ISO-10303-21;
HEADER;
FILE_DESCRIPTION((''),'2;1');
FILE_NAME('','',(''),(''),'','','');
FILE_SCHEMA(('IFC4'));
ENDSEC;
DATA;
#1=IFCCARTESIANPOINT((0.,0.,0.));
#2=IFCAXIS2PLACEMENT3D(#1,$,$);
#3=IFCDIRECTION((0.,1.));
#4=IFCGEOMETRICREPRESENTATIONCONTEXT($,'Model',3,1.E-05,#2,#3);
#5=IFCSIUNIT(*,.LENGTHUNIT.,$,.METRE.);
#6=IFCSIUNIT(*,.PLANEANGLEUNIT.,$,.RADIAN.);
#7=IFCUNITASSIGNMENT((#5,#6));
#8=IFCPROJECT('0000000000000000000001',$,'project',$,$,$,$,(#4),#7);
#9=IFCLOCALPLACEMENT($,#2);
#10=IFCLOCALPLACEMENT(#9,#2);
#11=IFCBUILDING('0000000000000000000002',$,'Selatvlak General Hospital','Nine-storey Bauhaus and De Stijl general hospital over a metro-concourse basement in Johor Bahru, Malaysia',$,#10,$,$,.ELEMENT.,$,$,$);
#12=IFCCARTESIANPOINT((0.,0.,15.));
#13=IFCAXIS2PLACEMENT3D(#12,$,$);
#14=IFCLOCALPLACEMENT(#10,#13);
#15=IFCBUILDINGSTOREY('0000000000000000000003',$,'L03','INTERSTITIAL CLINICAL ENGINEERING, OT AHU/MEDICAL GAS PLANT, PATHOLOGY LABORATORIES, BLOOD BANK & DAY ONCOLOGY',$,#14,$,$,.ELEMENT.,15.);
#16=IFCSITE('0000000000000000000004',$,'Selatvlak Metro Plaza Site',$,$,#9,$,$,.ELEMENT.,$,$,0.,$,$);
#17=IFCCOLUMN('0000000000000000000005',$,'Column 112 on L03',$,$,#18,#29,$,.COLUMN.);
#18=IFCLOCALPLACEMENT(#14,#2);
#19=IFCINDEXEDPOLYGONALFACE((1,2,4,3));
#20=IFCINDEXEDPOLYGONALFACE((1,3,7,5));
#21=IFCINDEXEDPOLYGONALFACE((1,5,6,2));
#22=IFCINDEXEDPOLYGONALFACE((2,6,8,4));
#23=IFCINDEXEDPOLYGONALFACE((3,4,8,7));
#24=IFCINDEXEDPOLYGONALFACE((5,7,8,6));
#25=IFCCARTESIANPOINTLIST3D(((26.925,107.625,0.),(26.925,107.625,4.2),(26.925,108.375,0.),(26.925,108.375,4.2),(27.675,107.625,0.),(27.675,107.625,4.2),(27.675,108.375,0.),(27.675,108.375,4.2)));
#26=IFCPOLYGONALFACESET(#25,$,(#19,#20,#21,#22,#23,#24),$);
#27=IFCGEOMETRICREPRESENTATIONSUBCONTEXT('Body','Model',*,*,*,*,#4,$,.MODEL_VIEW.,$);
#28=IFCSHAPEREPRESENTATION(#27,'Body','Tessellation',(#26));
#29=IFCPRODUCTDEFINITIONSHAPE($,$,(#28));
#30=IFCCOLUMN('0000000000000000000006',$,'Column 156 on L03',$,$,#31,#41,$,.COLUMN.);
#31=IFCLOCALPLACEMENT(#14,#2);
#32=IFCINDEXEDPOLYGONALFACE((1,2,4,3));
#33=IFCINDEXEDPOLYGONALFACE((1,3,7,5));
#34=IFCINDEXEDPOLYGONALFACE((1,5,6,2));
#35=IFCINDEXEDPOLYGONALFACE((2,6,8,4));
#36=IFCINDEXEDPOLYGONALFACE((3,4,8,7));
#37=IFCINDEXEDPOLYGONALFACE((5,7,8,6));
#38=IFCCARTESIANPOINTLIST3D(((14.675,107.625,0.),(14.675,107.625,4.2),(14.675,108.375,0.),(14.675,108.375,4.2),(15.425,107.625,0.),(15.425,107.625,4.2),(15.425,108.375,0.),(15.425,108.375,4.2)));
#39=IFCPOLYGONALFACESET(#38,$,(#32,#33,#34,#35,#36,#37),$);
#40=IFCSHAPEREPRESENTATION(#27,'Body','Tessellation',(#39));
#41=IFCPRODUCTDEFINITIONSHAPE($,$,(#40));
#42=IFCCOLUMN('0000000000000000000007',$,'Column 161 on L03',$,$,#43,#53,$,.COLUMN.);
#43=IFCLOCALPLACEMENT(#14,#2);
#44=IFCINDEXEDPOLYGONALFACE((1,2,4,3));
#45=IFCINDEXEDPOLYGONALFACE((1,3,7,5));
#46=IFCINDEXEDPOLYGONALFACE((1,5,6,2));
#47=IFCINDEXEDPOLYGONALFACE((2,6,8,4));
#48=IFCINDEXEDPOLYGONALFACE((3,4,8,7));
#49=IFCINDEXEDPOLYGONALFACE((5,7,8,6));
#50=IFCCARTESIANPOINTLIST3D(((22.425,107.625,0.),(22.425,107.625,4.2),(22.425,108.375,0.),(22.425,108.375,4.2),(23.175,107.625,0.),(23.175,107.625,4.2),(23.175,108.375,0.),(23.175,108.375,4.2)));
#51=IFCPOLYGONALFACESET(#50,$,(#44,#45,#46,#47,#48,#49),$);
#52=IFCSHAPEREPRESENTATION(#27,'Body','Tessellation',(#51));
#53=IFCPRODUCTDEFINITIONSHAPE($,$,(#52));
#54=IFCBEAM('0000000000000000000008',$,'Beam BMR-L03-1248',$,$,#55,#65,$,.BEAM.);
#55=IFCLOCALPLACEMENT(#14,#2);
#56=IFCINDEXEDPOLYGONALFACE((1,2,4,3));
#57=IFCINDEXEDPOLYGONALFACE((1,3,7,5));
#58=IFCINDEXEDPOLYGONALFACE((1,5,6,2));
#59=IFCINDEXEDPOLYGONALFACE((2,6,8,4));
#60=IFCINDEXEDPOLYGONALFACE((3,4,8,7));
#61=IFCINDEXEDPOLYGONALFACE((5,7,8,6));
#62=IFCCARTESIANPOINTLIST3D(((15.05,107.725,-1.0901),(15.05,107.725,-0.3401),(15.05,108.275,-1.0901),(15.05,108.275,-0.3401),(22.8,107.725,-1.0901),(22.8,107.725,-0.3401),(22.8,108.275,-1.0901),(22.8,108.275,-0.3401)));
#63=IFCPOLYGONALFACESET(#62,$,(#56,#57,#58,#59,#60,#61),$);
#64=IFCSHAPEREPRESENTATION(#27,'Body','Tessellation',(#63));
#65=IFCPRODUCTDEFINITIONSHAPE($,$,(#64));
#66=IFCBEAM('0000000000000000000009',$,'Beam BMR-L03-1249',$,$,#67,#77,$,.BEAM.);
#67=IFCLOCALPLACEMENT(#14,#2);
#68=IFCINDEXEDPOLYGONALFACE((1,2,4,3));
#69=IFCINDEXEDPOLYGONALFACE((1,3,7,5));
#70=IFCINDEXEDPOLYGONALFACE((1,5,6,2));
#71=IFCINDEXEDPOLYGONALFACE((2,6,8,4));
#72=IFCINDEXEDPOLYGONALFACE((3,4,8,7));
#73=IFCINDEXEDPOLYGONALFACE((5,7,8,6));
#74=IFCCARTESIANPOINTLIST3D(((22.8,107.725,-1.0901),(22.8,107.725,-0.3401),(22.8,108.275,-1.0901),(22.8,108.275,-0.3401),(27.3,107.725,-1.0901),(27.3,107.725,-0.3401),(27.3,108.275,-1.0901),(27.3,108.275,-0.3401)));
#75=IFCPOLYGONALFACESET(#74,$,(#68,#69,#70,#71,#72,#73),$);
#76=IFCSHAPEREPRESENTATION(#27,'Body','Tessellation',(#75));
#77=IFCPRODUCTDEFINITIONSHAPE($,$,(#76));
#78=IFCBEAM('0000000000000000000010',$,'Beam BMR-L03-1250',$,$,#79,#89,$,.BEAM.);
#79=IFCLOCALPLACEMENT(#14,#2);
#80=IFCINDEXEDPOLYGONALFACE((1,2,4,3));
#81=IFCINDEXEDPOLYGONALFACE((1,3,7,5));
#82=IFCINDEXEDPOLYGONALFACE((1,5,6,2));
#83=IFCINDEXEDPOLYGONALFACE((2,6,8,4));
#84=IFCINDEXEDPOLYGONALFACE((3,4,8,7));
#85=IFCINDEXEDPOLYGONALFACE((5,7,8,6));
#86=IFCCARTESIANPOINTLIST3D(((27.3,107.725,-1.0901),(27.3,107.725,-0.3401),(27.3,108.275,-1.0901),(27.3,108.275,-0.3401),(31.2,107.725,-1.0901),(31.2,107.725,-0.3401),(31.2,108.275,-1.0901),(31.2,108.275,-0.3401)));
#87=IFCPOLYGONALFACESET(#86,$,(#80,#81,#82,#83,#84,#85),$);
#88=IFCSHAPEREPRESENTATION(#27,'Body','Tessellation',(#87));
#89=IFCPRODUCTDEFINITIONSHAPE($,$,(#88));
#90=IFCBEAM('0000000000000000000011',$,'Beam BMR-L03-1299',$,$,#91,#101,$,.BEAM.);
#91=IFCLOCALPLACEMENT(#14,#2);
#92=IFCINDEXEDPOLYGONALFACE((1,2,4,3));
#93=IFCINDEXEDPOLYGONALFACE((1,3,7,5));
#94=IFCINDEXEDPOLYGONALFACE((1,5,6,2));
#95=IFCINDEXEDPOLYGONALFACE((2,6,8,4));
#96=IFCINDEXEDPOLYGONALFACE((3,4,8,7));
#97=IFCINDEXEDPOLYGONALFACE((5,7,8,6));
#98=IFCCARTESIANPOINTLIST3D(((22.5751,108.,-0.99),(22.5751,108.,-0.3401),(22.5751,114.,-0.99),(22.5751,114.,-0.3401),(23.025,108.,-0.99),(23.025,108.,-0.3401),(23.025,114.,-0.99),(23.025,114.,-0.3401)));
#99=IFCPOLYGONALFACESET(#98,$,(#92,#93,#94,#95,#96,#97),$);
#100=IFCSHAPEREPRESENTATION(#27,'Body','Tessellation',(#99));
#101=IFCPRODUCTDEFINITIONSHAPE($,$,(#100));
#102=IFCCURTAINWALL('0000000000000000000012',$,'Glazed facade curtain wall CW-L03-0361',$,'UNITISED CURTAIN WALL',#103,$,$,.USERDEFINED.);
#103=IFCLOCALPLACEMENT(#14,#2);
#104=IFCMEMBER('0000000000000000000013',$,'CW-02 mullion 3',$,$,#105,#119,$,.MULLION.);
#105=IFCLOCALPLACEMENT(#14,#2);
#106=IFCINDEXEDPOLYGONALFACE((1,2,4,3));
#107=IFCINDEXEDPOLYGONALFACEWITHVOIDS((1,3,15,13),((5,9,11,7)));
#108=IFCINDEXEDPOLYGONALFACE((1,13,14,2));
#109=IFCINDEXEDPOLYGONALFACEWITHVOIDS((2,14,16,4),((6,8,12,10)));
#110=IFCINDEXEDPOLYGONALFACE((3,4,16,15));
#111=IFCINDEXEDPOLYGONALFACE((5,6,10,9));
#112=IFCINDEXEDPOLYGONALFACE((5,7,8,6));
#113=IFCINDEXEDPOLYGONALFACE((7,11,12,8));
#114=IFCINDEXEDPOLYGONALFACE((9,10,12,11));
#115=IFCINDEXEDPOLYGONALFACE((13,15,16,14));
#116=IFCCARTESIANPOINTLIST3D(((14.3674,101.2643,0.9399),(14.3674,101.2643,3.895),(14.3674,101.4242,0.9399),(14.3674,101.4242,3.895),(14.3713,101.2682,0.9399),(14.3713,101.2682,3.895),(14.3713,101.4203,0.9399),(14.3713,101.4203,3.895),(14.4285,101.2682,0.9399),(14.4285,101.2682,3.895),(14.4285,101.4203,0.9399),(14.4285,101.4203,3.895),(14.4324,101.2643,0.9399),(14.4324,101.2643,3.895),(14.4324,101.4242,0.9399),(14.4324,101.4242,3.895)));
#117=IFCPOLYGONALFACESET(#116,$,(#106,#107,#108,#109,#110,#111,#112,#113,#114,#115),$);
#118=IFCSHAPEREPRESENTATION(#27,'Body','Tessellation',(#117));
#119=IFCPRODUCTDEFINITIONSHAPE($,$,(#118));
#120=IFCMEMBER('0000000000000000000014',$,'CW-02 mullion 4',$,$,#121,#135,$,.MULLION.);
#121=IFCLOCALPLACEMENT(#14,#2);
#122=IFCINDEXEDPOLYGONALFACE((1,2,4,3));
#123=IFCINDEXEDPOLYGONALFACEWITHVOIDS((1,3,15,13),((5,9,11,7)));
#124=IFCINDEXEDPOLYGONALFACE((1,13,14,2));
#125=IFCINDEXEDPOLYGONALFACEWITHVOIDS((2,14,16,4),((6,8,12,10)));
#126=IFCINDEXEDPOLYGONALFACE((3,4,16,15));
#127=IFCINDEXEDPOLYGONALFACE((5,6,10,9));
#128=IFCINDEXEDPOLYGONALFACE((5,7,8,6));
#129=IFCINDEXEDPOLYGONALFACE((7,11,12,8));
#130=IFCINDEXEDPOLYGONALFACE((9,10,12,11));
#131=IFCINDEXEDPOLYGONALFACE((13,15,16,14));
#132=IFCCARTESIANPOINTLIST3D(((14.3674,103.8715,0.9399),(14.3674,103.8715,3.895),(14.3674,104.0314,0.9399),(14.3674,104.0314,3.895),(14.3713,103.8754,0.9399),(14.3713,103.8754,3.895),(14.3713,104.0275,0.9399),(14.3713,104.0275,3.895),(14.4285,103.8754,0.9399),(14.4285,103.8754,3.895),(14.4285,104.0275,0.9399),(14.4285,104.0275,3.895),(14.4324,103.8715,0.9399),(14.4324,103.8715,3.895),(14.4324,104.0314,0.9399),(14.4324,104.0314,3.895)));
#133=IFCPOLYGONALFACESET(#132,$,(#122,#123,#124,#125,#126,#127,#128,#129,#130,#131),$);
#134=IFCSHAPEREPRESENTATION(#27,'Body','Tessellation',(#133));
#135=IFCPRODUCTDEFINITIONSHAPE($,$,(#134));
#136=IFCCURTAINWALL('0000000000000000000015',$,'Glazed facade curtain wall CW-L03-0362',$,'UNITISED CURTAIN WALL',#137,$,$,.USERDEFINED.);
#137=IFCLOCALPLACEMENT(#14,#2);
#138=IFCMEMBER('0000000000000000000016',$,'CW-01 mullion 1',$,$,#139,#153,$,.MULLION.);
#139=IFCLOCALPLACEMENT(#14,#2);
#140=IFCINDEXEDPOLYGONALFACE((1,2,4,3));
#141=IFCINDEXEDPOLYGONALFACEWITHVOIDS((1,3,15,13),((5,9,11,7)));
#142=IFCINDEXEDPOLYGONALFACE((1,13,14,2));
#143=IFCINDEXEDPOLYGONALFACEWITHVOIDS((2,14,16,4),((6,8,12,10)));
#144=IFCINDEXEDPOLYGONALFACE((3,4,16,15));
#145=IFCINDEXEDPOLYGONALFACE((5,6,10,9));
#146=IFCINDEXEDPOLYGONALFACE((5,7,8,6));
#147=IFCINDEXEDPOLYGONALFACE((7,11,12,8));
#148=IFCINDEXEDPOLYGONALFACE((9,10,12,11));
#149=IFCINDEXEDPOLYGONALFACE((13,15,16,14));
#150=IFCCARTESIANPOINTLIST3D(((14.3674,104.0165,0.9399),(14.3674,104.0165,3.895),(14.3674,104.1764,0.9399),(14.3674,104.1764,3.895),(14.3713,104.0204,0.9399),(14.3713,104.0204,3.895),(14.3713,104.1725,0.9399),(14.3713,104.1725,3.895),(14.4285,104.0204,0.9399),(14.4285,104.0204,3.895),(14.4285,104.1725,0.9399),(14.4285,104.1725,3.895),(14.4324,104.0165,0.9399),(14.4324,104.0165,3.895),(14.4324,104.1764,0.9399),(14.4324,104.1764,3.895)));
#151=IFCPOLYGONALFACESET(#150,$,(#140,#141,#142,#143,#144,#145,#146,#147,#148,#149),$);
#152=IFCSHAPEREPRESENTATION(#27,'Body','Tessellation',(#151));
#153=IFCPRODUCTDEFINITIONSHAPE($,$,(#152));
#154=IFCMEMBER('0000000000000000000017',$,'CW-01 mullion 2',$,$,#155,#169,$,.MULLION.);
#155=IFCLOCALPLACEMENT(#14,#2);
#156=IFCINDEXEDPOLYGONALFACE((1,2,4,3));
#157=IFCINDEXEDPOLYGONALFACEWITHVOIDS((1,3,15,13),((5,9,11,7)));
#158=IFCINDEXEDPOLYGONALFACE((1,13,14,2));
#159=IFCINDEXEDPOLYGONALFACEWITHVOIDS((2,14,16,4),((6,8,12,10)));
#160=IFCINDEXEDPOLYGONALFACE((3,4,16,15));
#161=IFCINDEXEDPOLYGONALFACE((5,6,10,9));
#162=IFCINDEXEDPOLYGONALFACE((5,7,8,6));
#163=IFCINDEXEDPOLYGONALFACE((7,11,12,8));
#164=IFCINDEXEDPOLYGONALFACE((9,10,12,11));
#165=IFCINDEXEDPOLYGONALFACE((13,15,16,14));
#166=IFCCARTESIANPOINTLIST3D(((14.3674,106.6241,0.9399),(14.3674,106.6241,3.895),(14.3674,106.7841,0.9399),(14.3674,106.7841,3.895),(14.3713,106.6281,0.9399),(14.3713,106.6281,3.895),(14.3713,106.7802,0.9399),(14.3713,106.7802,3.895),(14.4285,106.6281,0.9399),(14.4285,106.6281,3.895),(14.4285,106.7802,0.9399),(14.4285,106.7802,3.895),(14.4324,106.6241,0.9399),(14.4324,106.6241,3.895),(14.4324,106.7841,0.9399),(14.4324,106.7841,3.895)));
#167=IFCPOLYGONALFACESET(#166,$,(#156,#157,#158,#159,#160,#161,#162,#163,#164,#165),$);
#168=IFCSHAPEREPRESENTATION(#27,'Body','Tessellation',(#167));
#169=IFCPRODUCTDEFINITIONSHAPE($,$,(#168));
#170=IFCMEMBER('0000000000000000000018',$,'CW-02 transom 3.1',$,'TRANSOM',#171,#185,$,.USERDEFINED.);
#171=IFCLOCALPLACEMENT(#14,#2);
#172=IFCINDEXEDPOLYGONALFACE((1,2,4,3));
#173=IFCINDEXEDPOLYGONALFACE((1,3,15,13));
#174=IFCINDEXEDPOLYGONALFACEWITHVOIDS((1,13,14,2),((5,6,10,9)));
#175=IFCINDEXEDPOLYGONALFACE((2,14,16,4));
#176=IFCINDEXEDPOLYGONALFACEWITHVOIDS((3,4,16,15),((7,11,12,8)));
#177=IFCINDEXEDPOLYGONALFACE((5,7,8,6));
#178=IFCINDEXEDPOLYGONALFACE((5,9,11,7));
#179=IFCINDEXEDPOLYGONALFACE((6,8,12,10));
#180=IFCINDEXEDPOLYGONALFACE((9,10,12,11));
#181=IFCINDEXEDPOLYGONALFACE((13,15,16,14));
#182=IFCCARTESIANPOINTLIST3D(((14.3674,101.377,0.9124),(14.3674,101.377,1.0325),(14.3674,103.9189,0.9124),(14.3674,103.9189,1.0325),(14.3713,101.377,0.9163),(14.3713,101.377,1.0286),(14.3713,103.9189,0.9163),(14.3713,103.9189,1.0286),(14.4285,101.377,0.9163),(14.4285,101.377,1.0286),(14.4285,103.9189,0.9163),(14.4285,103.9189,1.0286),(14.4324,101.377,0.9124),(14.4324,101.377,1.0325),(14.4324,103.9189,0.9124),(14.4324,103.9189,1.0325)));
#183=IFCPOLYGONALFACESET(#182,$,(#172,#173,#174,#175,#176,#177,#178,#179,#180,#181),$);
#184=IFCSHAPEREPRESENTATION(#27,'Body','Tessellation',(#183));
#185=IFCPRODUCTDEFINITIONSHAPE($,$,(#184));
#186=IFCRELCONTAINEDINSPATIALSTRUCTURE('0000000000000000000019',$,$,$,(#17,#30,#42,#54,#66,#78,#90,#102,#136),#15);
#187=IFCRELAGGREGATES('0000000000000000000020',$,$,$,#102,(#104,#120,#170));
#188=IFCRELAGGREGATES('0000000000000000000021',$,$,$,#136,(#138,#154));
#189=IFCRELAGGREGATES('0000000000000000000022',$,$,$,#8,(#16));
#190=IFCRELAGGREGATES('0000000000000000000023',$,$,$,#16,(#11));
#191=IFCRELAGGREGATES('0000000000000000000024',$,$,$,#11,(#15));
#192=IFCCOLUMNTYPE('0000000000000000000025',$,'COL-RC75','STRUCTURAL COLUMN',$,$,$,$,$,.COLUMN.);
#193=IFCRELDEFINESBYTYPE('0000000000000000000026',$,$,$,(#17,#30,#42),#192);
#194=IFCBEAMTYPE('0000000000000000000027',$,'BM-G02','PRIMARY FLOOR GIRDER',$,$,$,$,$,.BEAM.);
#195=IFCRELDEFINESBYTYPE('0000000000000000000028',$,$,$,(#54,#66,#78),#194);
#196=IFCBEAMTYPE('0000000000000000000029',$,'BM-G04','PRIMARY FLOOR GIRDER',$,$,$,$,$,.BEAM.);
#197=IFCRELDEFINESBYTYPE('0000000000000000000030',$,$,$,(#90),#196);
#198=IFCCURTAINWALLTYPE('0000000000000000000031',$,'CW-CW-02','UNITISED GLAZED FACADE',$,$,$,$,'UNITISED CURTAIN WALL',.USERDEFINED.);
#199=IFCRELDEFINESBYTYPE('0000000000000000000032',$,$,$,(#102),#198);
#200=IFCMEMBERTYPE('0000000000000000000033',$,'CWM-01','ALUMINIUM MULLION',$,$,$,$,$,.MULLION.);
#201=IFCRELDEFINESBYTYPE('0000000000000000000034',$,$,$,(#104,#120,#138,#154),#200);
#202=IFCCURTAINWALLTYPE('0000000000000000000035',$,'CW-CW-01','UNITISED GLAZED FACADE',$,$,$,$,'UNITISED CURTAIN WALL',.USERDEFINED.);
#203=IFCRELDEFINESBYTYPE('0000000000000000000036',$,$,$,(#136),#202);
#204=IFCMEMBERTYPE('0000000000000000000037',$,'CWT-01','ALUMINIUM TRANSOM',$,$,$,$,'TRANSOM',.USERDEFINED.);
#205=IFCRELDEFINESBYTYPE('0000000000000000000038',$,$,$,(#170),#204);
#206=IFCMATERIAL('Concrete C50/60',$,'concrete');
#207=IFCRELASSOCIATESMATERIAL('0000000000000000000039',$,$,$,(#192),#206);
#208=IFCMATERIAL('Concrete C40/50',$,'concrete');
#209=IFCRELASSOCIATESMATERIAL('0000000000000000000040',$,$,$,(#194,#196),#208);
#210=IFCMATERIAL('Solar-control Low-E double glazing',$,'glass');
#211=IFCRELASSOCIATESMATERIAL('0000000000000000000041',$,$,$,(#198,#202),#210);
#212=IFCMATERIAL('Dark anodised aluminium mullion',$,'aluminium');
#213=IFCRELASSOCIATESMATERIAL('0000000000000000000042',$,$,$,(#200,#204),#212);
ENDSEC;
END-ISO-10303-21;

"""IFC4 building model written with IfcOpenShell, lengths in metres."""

from ifc_helpers import new_model, si_unit, direction, frame, origin, origin_2d, place, context, subcontext, project, spatial, rectangle, hollow_rectangle, extrude, material, material_profile, profile_set, type_object, element, aggregate, save


model = new_model("IFC4")

# Units and contexts
model_context = context("Model", 3, precision=1e-05, world=origin(), true_north=direction((0.0, 1.0)))
body_context = subcontext(model_context, "Body", "Model", "MODEL_VIEW")
ifc_project = project(units=[si_unit("LENGTHUNIT", "METRE"), si_unit("PLANEANGLEUNIT", "RADIAN")], contexts=[model_context])

# Site, building, storey
site_placement = place(None, origin())
site = spatial("IfcSite", under=ifc_project, at=site_placement, Name="Selatvlak Metro Plaza Site", CompositionType="ELEMENT", RefElevation=0.0)
building_placement = place(site_placement, origin())
building = spatial("IfcBuilding", under=site, at=building_placement, Name="Selatvlak General Hospital", Description="Nine-storey Bauhaus and De Stijl general hospital over a metro-concourse basement in Johor Bahru, Malaysia", CompositionType="ELEMENT")
storey_placement = place(building_placement, frame((0.0, 0.0, 15.0)))
storey = spatial("IfcBuildingStorey", under=building, at=storey_placement, Name="L03", Description="INTERSTITIAL CLINICAL ENGINEERING, OT AHU/MEDICAL GAS PLANT, PATHOLOGY LABORATORIES, BLOOD BANK & DAY ONCOLOGY", CompositionType="ELEMENT", Elevation=15.0)

# Columns
ifc_material_1 = material(Name="Concrete C50/60", Category="concrete")
ifc_material_profile_1 = material_profile(ifc_material_1, rectangle(XDim=0.75, YDim=0.75, at=origin_2d()), Name="RC-COL 750x750")
ifc_profile_set_1 = profile_set([ifc_material_profile_1], Name="Concrete C50/60")
column_type = type_object("IfcColumnType", Name="COL-RC75", Description="STRUCTURAL COLUMN", PredefinedType="COLUMN", material=ifc_profile_set_1)
for number, where, z_axis, x_axis, name in (
    (1, (27.3, 108.0, 0.0), (0.0, 0.0, 1.0), (1.0, 0.0, 0.0), "Column 112 on L03"),
    (2, (15.05, 108.0, 0.0), (0.0, 0.0, 1.0), (1.0, 0.0, 0.0), "Column 156 on L03"),
    (3, (22.8, 108.0, 0.0), (0.0, 0.0, 1.0), (1.0, 0.0, 0.0), "Column 161 on L03"),
):
    element("IfcColumn", number, at=place(storey_placement, frame(where, z_axis=z_axis, x_axis=x_axis)), inside=storey, type_object=column_type, Name=name, PredefinedType="COLUMN", context=body_context, shape_type="SweptSolid", body=[
        extrude(rectangle(XDim=0.75, YDim=0.75, at=origin_2d()), origin(), (0.0, 0.0, 1.0), 4.2),
    ])

# Beams
ifc_material_2 = material(Name="Concrete C40/50", Category="concrete")
ifc_material_profile_2 = material_profile(ifc_material_2, rectangle(XDim=0.55, YDim=0.75, at=origin_2d()), Name="RC-BM 550x750")
ifc_profile_set_2 = profile_set([ifc_material_profile_2], Name="Concrete C40/50")
beam_type_1 = type_object("IfcBeamType", Name="BM-G02", Description="PRIMARY FLOOR GIRDER", PredefinedType="BEAM", material=ifc_profile_set_2)
beam_1_placement = place(storey_placement, frame((15.05, 108.0, -0.7151), z_axis=(1.0, 0.0, 0.0), x_axis=(0.0, 1.0, 0.0)))
element("IfcBeam", 4, at=beam_1_placement, inside=storey, type_object=beam_type_1, Name="Beam BMR-L03-1248", PredefinedType="BEAM", context=body_context, shape_type="SweptSolid", body=[
    extrude(rectangle(XDim=0.55, YDim=0.75, at=origin_2d()), origin(), (0.0, 0.0, 1.0), 7.75),
])
beam_2_placement = place(storey_placement, frame((22.8, 108.0, -0.7151), z_axis=(1.0, 0.0, 0.0), x_axis=(0.0, 1.0, 0.0)))
element("IfcBeam", 5, at=beam_2_placement, inside=storey, type_object=beam_type_1, Name="Beam BMR-L03-1249", PredefinedType="BEAM", context=body_context, shape_type="SweptSolid", body=[
    extrude(rectangle(XDim=0.55, YDim=0.75, at=origin_2d()), origin(), (0.0, 0.0, 1.0), 4.5),
])
beam_3_placement = place(storey_placement, frame((27.3, 108.0, -0.7151), z_axis=(1.0, 0.0, 0.0), x_axis=(0.0, 1.0, 0.0)))
element("IfcBeam", 6, at=beam_3_placement, inside=storey, type_object=beam_type_1, Name="Beam BMR-L03-1250", PredefinedType="BEAM", context=body_context, shape_type="SweptSolid", body=[
    extrude(rectangle(XDim=0.55, YDim=0.75, at=origin_2d()), origin(), (0.0, 0.0, 1.0), 3.8999),
])
ifc_material_profile_3 = material_profile(ifc_material_2, rectangle(XDim=0.45, YDim=0.6499, at=origin_2d()), Name="RC-BM 450x650")
ifc_profile_set_3 = profile_set([ifc_material_profile_3], Name="Concrete C40/50")
beam_type_2 = type_object("IfcBeamType", Name="BM-G04", Description="PRIMARY FLOOR GIRDER", PredefinedType="BEAM", material=ifc_profile_set_3)
beam_4_placement = place(storey_placement, frame((22.8, 108.0, -0.665), z_axis=(0.0, 1.0, 0.0), x_axis=(-1.0, 0.0, 0.0)))
element("IfcBeam", 7, at=beam_4_placement, inside=storey, type_object=beam_type_2, Name="Beam BMR-L03-1299", PredefinedType="BEAM", context=body_context, shape_type="SweptSolid", body=[
    extrude(rectangle(XDim=0.45, YDim=0.6499, at=origin_2d()), origin(), (0.0, 0.0, 1.0), 6.0),
])

# Curtain walls, members
ifc_material_3 = material(Name="Solar-control Low-E double glazing", Category="glass")
curtain_wall_type_1 = type_object("IfcCurtainWallType", Name="CW-CW-02", Description="UNITISED GLAZED FACADE", ElementType="UNITISED CURTAIN WALL", PredefinedType="USERDEFINED", material=ifc_material_3)
curtain_wall_1_placement = place(storey_placement, origin())
curtain_wall_1 = element("IfcCurtainWall", 8, at=curtain_wall_1_placement, inside=storey, type_object=curtain_wall_type_1, Name="Glazed facade curtain wall CW-L03-0361", ObjectType="UNITISED CURTAIN WALL", PredefinedType="USERDEFINED")
ifc_material_4 = material(Name="Dark anodised aluminium mullion", Category="aluminium")
ifc_material_profile_4 = material_profile(ifc_material_4, hollow_rectangle(XDim=0.0649, YDim=0.1599, WallThickness=0.0039, at=origin_2d()), Name="AL-MUL 65x160x4")
ifc_profile_set_4 = profile_set([ifc_material_profile_4], Name="Dark anodised aluminium mullion")
member_type_1 = type_object("IfcMemberType", Name="CWM-01", Description="ALUMINIUM MULLION", PredefinedType="MULLION", material=ifc_profile_set_4)
member_1_placement = place(storey_placement, frame((14.3999, 101.3442, 0.9399), z_axis=(0.0, 0.0, 1.0), x_axis=(-1.0, 0.0, 0.0)))
member_1 = element("IfcMember", 9, at=member_1_placement, type_object=member_type_1, Name="CW-02 mullion 3", PredefinedType="MULLION", context=body_context, shape_type="SweptSolid", body=[
    extrude(hollow_rectangle(XDim=0.0649, YDim=0.1599, WallThickness=0.0039, at=origin_2d()), origin(), (0.0, 0.0, 1.0), 2.9551),
])
member_2_placement = place(storey_placement, frame((14.3999, 103.9514, 0.9399), z_axis=(0.0, 0.0, 1.0), x_axis=(-1.0, 0.0, 0.0)))
member_2 = element("IfcMember", 10, at=member_2_placement, type_object=member_type_1, Name="CW-02 mullion 4", PredefinedType="MULLION", context=body_context, shape_type="SweptSolid", body=[
    extrude(hollow_rectangle(XDim=0.0649, YDim=0.1599, WallThickness=0.0039, at=origin_2d()), origin(), (0.0, 0.0, 1.0), 2.9551),
])
curtain_wall_type_2 = type_object("IfcCurtainWallType", Name="CW-CW-01", Description="UNITISED GLAZED FACADE", ElementType="UNITISED CURTAIN WALL", PredefinedType="USERDEFINED", material=ifc_material_3)
curtain_wall_2_placement = place(storey_placement, origin())
curtain_wall_2 = element("IfcCurtainWall", 11, at=curtain_wall_2_placement, inside=storey, type_object=curtain_wall_type_2, Name="Glazed facade curtain wall CW-L03-0362", ObjectType="UNITISED CURTAIN WALL", PredefinedType="USERDEFINED")
member_3_placement = place(storey_placement, frame((14.3999, 104.0964, 0.9399), z_axis=(0.0, 0.0, 1.0), x_axis=(-1.0, 0.0, 0.0)))
member_3 = element("IfcMember", 12, at=member_3_placement, type_object=member_type_1, Name="CW-01 mullion 1", PredefinedType="MULLION", context=body_context, shape_type="SweptSolid", body=[
    extrude(hollow_rectangle(XDim=0.0649, YDim=0.1599, WallThickness=0.0039, at=origin_2d()), origin(), (0.0, 0.0, 1.0), 2.9551),
])
member_4_placement = place(storey_placement, frame((14.3999, 106.7041, 0.9399), z_axis=(0.0, 0.0, 1.0), x_axis=(-1.0, 0.0, 0.0)))
member_4 = element("IfcMember", 13, at=member_4_placement, type_object=member_type_1, Name="CW-01 mullion 2", PredefinedType="MULLION", context=body_context, shape_type="SweptSolid", body=[
    extrude(hollow_rectangle(XDim=0.0649, YDim=0.1599, WallThickness=0.0039, at=origin_2d()), origin(), (0.0, 0.0, 1.0), 2.9551),
])

# Member
ifc_material_profile_5 = material_profile(ifc_material_4, hollow_rectangle(XDim=0.0649, YDim=0.1201, WallThickness=0.0039, at=origin_2d()), Name="AL-TRN 65x120x4")
ifc_profile_set_5 = profile_set([ifc_material_profile_5], Name="Dark anodised aluminium mullion")
member_type_2 = type_object("IfcMemberType", Name="CWT-01", Description="ALUMINIUM TRANSOM", ElementType="TRANSOM", PredefinedType="USERDEFINED", material=ifc_profile_set_5)
member_5_placement = place(storey_placement, frame((14.3999, 101.377, 0.9724), z_axis=(0.0, 1.0, 0.0), x_axis=(-1.0, 0.0, 0.0)))
member_5 = element("IfcMember", 14, at=member_5_placement, type_object=member_type_2, Name="CW-02 transom 3.1", ObjectType="TRANSOM", PredefinedType="USERDEFINED", context=body_context, shape_type="SweptSolid", body=[
    extrude(hollow_rectangle(XDim=0.0649, YDim=0.1201, WallThickness=0.0039, at=origin_2d()), origin(), (0.0, 0.0, 1.0), 2.542),
])

aggregate(curtain_wall_1, [member_1, member_2, member_5])
aggregate(curtain_wall_2, [member_3, member_4])

save(model, "model.ifc")
